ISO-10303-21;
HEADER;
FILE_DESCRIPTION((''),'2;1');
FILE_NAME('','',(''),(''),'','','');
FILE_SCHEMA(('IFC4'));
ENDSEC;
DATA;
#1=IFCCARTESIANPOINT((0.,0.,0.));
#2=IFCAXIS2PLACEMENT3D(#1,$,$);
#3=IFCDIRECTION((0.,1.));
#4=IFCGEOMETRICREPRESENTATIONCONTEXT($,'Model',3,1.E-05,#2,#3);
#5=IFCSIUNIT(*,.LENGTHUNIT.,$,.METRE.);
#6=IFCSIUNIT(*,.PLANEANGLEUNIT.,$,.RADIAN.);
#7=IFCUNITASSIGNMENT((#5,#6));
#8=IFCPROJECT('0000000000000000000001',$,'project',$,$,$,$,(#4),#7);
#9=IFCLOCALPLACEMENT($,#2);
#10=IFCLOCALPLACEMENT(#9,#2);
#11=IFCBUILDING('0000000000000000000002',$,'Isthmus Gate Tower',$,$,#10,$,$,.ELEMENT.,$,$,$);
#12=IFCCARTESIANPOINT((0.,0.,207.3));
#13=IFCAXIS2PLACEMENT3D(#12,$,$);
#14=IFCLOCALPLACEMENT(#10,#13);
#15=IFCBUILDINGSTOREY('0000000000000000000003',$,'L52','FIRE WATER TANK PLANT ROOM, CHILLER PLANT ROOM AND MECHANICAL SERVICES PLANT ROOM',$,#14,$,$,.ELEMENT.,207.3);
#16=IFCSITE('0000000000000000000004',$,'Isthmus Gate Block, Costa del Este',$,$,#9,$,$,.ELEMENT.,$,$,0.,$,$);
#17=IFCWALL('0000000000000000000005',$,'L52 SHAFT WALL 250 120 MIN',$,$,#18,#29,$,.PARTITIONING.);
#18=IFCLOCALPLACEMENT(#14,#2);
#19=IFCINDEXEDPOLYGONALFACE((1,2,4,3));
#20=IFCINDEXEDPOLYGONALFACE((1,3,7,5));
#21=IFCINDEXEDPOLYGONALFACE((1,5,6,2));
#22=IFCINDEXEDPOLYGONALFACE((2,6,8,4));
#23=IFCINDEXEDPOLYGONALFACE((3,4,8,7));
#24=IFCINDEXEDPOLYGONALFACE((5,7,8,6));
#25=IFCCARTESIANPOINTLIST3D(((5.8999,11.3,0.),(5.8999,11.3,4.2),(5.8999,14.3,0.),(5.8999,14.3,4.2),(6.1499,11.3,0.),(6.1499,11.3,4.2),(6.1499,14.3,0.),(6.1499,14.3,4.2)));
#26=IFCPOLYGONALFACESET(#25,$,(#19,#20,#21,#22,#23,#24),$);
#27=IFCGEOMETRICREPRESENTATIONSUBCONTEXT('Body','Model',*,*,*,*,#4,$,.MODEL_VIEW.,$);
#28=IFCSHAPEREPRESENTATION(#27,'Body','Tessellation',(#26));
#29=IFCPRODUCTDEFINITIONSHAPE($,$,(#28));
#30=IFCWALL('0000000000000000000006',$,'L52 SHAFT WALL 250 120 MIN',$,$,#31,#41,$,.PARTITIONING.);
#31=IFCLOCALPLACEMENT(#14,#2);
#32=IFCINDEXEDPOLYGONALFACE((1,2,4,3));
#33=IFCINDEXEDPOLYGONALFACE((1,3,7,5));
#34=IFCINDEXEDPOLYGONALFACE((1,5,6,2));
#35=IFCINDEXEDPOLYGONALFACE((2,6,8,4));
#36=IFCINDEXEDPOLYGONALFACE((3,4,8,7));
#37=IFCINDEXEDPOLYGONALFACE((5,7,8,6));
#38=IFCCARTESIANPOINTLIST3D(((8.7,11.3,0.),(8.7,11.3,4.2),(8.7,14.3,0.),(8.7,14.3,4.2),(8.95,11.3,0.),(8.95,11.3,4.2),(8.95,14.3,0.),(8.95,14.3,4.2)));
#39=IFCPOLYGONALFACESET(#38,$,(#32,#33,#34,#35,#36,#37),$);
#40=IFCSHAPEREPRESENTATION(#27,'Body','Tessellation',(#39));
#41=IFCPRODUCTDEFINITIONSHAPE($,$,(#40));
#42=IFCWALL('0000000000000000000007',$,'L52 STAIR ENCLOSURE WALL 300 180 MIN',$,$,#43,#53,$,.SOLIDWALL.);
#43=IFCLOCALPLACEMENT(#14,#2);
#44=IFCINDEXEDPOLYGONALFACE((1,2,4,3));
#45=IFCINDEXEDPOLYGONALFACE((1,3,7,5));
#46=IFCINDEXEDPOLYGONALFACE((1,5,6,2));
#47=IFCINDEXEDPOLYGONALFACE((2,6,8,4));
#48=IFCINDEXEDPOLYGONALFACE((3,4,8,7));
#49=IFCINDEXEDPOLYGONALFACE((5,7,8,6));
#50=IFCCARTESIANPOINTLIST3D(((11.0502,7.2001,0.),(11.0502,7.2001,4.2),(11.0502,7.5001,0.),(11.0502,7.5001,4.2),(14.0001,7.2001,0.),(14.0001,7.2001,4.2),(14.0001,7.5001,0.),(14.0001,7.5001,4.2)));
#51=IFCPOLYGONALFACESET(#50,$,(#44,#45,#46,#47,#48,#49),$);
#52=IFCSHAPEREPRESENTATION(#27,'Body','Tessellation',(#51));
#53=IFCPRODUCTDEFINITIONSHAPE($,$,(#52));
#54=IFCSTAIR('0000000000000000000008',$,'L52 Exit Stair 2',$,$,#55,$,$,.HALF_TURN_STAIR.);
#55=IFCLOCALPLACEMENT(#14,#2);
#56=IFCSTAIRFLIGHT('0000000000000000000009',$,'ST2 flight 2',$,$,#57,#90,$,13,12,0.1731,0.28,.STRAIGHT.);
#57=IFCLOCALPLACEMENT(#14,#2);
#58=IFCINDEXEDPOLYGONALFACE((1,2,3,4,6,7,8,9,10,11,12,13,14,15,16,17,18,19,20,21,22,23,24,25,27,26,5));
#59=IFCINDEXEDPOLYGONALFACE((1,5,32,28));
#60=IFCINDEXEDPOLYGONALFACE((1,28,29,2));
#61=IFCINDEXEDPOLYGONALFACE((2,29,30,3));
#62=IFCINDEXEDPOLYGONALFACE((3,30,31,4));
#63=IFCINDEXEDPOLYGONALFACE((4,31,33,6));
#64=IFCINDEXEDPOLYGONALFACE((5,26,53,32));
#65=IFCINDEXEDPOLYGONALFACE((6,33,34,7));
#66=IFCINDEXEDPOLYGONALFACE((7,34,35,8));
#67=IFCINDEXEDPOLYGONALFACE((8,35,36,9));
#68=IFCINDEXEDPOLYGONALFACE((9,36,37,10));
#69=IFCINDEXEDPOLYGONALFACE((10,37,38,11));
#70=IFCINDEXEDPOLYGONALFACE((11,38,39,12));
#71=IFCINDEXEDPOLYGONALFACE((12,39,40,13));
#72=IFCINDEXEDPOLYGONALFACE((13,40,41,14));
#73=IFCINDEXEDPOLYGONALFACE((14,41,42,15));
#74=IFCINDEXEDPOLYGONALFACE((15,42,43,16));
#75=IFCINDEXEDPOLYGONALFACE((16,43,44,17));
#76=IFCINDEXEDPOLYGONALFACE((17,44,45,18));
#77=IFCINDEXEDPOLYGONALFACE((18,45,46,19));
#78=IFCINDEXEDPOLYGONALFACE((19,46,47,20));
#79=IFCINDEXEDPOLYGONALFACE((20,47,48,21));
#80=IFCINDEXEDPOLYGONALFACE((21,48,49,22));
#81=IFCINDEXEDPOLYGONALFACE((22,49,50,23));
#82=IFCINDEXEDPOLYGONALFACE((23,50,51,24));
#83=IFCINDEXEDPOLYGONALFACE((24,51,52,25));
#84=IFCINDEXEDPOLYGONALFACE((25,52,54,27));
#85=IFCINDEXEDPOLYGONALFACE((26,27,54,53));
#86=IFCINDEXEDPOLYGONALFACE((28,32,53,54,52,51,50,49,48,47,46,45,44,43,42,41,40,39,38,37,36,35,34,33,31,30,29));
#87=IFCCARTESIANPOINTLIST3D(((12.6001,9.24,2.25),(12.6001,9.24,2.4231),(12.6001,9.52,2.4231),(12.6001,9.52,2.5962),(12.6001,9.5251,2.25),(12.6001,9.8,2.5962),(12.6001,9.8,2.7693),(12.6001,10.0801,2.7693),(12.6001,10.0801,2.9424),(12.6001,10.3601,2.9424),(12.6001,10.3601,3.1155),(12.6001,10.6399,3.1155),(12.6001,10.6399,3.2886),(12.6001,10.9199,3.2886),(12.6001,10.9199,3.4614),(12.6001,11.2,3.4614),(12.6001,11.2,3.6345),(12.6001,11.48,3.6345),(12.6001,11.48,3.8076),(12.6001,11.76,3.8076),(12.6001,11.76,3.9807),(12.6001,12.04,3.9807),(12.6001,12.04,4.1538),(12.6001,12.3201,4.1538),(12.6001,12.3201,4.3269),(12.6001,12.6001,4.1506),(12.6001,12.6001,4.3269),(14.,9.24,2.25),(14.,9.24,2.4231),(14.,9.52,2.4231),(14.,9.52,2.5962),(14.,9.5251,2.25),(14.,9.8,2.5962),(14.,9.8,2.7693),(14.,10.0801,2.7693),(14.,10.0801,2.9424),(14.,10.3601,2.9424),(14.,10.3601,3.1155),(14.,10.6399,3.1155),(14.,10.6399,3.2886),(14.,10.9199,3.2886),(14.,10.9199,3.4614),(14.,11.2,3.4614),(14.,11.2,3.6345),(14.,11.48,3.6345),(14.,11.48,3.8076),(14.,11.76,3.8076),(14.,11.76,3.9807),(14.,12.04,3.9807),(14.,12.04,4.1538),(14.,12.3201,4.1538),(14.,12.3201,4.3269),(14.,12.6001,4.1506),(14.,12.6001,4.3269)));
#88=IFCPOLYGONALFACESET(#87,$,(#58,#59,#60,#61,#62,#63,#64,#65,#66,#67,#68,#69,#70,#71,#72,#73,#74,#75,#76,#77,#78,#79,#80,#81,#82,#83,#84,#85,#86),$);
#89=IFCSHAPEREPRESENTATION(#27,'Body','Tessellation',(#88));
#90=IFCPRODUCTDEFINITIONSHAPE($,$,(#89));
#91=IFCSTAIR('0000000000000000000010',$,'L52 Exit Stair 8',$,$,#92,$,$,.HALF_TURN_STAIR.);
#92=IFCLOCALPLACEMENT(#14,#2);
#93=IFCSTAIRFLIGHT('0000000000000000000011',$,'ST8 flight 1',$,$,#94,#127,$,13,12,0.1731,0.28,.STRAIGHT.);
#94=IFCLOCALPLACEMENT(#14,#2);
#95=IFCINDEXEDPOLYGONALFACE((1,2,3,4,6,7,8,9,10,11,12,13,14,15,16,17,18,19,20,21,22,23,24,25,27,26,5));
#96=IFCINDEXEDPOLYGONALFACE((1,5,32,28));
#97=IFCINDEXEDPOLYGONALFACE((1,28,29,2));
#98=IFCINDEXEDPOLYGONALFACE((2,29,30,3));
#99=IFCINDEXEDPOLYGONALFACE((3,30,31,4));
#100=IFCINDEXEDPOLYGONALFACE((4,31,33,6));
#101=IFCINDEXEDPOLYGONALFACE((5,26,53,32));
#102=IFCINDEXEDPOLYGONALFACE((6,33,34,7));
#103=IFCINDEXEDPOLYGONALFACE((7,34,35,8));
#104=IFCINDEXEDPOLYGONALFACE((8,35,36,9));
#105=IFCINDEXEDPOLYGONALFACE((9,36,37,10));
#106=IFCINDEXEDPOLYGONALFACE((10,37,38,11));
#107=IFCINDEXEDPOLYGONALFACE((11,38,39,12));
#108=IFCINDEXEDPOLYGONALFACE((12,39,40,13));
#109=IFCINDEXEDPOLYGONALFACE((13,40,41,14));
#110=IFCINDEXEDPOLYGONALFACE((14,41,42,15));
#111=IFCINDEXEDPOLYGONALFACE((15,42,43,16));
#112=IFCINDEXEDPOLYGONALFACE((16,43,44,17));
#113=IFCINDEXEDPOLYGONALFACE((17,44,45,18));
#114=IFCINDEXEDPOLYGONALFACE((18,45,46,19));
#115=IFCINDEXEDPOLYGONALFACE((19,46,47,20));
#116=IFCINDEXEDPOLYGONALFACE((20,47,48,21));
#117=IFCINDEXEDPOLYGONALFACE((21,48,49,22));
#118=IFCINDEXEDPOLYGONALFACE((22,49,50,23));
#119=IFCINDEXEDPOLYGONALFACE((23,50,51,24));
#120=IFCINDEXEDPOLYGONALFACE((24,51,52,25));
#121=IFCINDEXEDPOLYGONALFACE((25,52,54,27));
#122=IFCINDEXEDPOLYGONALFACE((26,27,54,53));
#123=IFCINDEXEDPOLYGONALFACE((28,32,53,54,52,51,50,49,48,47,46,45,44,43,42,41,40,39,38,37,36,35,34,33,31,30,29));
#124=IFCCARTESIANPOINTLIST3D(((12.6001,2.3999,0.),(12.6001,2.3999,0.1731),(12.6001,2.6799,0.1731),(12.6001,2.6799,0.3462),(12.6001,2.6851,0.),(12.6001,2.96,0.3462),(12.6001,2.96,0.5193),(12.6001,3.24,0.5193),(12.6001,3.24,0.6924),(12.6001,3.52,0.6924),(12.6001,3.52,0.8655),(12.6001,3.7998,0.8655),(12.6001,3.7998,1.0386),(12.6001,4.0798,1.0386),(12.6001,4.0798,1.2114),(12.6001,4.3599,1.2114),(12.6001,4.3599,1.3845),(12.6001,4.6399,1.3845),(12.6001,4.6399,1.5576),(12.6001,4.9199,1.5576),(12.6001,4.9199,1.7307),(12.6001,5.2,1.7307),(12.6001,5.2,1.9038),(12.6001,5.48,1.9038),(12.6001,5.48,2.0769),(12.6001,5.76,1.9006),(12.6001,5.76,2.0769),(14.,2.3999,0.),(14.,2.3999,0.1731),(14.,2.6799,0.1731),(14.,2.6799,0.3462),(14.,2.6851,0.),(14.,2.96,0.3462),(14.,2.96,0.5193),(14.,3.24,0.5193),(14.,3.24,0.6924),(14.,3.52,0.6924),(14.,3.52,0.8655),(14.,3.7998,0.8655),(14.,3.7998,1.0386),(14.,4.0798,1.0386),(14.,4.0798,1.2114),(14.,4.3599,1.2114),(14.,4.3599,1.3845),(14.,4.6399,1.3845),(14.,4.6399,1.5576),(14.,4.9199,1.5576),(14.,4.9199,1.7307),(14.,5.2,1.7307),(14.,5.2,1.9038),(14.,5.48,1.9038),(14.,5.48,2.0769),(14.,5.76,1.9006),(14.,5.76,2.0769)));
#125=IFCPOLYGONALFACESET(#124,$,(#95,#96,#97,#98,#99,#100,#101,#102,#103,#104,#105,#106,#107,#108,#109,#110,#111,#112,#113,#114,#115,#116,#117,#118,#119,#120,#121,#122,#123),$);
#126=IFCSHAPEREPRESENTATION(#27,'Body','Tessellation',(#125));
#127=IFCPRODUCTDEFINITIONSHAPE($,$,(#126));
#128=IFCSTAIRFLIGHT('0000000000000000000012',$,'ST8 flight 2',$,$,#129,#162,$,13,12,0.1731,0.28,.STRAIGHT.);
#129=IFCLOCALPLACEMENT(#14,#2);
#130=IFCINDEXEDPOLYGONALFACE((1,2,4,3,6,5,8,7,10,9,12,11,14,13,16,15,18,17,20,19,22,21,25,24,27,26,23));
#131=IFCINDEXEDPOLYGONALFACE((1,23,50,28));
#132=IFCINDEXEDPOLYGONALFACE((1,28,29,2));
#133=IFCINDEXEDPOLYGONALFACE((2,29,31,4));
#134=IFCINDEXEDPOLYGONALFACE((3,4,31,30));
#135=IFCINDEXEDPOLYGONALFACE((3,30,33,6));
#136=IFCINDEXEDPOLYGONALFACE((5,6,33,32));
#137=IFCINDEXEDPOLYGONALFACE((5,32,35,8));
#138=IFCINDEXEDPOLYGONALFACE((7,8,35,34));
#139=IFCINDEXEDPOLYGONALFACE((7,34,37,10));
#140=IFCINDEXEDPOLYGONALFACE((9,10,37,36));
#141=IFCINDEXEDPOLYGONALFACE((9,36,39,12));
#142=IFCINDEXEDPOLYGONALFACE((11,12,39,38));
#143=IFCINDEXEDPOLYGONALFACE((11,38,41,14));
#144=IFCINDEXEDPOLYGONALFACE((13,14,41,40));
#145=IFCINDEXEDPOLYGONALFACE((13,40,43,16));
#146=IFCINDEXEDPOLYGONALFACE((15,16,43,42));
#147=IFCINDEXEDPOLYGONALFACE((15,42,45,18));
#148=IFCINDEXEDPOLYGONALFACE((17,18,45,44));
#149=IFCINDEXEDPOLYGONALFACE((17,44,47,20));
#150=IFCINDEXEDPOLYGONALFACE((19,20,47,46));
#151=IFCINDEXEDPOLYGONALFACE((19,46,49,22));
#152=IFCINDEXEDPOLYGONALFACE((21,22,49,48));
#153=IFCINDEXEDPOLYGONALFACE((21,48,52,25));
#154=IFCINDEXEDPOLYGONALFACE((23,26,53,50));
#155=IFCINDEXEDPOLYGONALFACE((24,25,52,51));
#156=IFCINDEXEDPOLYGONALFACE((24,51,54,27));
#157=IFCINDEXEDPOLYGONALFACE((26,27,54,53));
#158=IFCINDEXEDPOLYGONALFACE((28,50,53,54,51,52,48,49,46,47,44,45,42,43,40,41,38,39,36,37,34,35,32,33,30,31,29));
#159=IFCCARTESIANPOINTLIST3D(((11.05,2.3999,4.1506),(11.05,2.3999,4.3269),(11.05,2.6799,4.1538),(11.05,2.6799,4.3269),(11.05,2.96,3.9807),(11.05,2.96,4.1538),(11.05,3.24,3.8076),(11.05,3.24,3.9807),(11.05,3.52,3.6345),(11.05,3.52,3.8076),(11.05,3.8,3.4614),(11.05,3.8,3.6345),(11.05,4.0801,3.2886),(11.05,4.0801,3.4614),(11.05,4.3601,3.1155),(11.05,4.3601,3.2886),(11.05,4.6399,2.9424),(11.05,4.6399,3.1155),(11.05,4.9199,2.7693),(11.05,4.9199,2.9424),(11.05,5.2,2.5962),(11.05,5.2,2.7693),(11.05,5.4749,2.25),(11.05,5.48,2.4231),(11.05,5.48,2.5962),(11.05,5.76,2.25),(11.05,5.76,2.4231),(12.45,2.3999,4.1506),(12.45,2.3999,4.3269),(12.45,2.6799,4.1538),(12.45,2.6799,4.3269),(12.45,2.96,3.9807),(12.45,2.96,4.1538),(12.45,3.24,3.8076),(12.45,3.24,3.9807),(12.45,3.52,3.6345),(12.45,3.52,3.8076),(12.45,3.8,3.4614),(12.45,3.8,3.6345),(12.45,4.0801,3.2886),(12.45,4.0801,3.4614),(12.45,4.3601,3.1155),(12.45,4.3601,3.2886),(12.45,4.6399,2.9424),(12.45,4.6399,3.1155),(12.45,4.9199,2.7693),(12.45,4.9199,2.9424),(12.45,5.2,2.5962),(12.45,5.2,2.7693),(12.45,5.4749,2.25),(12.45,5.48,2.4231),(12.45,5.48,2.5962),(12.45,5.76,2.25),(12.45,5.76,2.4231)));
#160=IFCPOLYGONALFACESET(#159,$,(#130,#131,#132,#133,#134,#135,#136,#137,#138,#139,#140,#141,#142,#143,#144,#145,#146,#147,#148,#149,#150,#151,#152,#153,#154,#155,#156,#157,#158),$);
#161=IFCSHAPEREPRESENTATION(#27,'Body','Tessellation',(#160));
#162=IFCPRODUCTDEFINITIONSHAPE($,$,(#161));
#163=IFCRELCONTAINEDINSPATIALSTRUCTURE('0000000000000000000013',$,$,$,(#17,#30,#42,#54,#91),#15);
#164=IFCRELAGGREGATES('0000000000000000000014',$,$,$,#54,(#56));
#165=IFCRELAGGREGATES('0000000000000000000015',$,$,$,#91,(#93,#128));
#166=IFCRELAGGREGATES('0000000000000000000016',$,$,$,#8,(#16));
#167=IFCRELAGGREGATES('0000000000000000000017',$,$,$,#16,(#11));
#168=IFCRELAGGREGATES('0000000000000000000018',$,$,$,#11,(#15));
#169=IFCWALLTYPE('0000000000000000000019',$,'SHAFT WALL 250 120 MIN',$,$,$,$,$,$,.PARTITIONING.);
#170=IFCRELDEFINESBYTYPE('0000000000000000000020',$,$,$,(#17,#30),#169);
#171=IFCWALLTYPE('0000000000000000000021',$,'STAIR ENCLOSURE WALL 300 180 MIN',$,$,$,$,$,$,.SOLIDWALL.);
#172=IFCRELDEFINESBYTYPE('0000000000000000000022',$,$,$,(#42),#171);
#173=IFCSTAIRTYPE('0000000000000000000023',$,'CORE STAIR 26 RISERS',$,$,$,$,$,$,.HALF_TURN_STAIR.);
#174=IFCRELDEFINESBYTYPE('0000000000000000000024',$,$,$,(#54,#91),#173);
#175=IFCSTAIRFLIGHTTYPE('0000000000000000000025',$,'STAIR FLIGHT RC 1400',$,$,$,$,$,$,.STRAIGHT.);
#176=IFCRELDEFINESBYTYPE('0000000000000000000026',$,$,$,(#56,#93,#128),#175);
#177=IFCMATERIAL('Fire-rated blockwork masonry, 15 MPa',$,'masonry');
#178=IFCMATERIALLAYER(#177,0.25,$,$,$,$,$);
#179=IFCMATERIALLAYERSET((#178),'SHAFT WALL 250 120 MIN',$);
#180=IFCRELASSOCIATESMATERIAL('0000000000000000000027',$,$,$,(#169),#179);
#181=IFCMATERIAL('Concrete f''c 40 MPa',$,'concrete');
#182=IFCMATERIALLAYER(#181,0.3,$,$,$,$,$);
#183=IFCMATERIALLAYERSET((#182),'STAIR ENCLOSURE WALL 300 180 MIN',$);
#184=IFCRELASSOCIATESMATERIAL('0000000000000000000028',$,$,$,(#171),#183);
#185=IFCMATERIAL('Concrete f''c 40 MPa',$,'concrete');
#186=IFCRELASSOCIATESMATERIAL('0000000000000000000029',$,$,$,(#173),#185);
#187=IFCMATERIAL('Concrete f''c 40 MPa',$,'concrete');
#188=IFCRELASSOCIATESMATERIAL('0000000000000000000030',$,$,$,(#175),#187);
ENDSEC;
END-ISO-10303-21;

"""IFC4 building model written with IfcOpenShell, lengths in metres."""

from ifc_helpers import new_model, si_unit, direction, frame, frame_2d, origin, place, context, subcontext, project, spatial, polyline, rectangle, outline, extrude, material, layer, layer_set, type_object, element, aggregate, save


model = new_model("IFC4")

# Units and contexts
model_context = context("Model", 3, precision=1e-05, world=origin(), true_north=direction((0.0, 1.0)))
body_context = subcontext(model_context, "Body", "Model", "MODEL_VIEW")
ifc_project = project(units=[si_unit("LENGTHUNIT", "METRE"), si_unit("PLANEANGLEUNIT", "RADIAN")], contexts=[model_context])

# Site, building, storey
site_placement = place(None, origin())
site = spatial("IfcSite", under=ifc_project, at=site_placement, Name="Isthmus Gate Block, Costa del Este", CompositionType="ELEMENT", RefElevation=0.0)
building_placement = place(site_placement, origin())
building = spatial("IfcBuilding", under=site, at=building_placement, Name="Isthmus Gate Tower", CompositionType="ELEMENT")
storey_placement = place(building_placement, frame((0.0, 0.0, 207.3)))
storey = spatial("IfcBuildingStorey", under=building, at=storey_placement, Name="L52", Description="FIRE WATER TANK PLANT ROOM, CHILLER PLANT ROOM AND MECHANICAL SERVICES PLANT ROOM", CompositionType="ELEMENT", Elevation=207.3)

# Walls
ifc_material_1 = material(Name="Fire-rated blockwork masonry, 15 MPa", Category="masonry")
ifc_layer_1 = layer(ifc_material_1, 0.25)
ifc_layer_set_1 = layer_set([ifc_layer_1], Name="SHAFT WALL 250 120 MIN")
wall_type_1 = type_object("IfcWallType", Name="SHAFT WALL 250 120 MIN", PredefinedType="PARTITIONING", material=ifc_layer_set_1)
for number, where, z_axis, x_axis, name in (
    (1, (6.0249, 11.3, 0.0), (0.0, 0.0, 1.0), (0.0, 1.0, 0.0), "L52 SHAFT WALL 250 120 MIN"),
    (2, (8.825, 11.3, 0.0), (0.0, 0.0, 1.0), (0.0, 1.0, 0.0), "L52 SHAFT WALL 250 120 MIN"),
):
    element("IfcWall", number, at=place(storey_placement, frame(where, z_axis=z_axis, x_axis=x_axis)), inside=storey, type_object=wall_type_1, Name=name, PredefinedType="PARTITIONING", context=body_context, shape_type="SweptSolid", body=[
        extrude(rectangle(XDim=3.0, YDim=0.25, at=frame_2d((1.5, 0.0))), origin(), (0.0, 0.0, 1.0), 4.2),
    ])
ifc_material_2 = material(Name="Concrete f'c 40 MPa", Category="concrete")
ifc_layer_2 = layer(ifc_material_2, 0.3)
ifc_layer_set_2 = layer_set([ifc_layer_2], Name="STAIR ENCLOSURE WALL 300 180 MIN")
wall_type_2 = type_object("IfcWallType", Name="STAIR ENCLOSURE WALL 300 180 MIN", PredefinedType="SOLIDWALL", material=ifc_layer_set_2)
wall_1_placement = place(storey_placement, frame((11.05, 7.3501, 0.0), z_axis=(0.0, 0.0, 1.0), x_axis=(1.0, 0.0, 0.0)))
element("IfcWall", 3, at=wall_1_placement, inside=storey, type_object=wall_type_2, Name="L52 STAIR ENCLOSURE WALL 300 180 MIN", PredefinedType="SOLIDWALL", context=body_context, shape_type="SweptSolid", body=[
    extrude(rectangle(XDim=2.95, YDim=0.3, at=frame_2d((1.4751, 0.0))), origin(), (0.0, 0.0, 1.0), 4.2),
])

# Stair, stair flight
ifc_material_3 = material(Name="Concrete f'c 40 MPa", Category="concrete")
stair_type = type_object("IfcStairType", Name="CORE STAIR 26 RISERS", PredefinedType="HALF_TURN_STAIR", material=ifc_material_3)
stair_1_placement = place(storey_placement, origin())
stair_1 = element("IfcStair", 4, at=stair_1_placement, inside=storey, type_object=stair_type, Name="L52 Exit Stair 2", PredefinedType="HALF_TURN_STAIR")
ifc_material_4 = material(Name="Concrete f'c 40 MPa", Category="concrete")
stair_flight_type = type_object("IfcStairFlightType", Name="STAIR FLIGHT RC 1400", PredefinedType="STRAIGHT", material=ifc_material_4)
stair_flight_1_placement = place(storey_placement, frame((13.3, 9.24, 2.25), z_axis=(0.0, 0.0, 1.0), x_axis=(0.0, 1.0, 0.0)))
stair_flight_1 = element("IfcStairFlight", 5, at=stair_flight_1_placement, type_object=stair_flight_type, Name="ST2 flight 2", NumberOfRisers=13, NumberOfTreads=12, PredefinedType="STRAIGHT", RiserHeight=0.1731, TreadLength=0.28, context=body_context, shape_type="SweptSolid", body=[
    extrude(outline(polyline([(0.0, 0.0), (0.0, 0.1731), (0.28, 0.1731), (0.28, 0.3462), (0.5601, 0.3462), (0.5601, 0.5193), (0.8401, 0.5193), (0.8401, 0.6924), (1.1201, 0.6924), (1.1201, 0.8655), (1.3999, 0.8655), (1.3999, 1.0386), (1.6799, 1.0386), (1.6799, 1.2114), (1.96, 1.2114), (1.96, 1.3845), (2.24, 1.3845), (2.24, 1.5576), (2.52, 1.5576), (2.52, 1.7307), (2.8, 1.7307), (2.8, 1.9038), (3.0801, 1.9038), (3.0801, 2.0769), (3.3601, 2.0769), (3.3601, 2.25), (3.3601, 1.9006), (0.2852, 0.0), (0.0, 0.0)])), frame((0.0, 0.7, 0.0), z_axis=(0.0, -1.0, 0.0), x_axis=(1.0, 0.0, 0.0)), (0.0, 0.0, 1.0), 1.3999),
])
aggregate(stair_1, [stair_flight_1])

# Stair, stair flights
stair_2_placement = place(storey_placement, origin())
stair_2 = element("IfcStair", 6, at=stair_2_placement, inside=storey, type_object=stair_type, Name="L52 Exit Stair 8", PredefinedType="HALF_TURN_STAIR")
stair_flight_2_placement = place(storey_placement, frame((13.3, 2.3999, 0.0), z_axis=(0.0, 0.0, 1.0), x_axis=(0.0, 1.0, 0.0)))
stair_flight_2 = element("IfcStairFlight", 7, at=stair_flight_2_placement, type_object=stair_flight_type, Name="ST8 flight 1", NumberOfRisers=13, NumberOfTreads=12, PredefinedType="STRAIGHT", RiserHeight=0.1731, TreadLength=0.28, context=body_context, shape_type="SweptSolid", body=[
    extrude(outline(polyline([(0.0, 0.0), (0.0, 0.1731), (0.28, 0.1731), (0.28, 0.3462), (0.5601, 0.3462), (0.5601, 0.5193), (0.8401, 0.5193), (0.8401, 0.6924), (1.1201, 0.6924), (1.1201, 0.8655), (1.3999, 0.8655), (1.3999, 1.0386), (1.6799, 1.0386), (1.6799, 1.2114), (1.96, 1.2114), (1.96, 1.3845), (2.24, 1.3845), (2.24, 1.5576), (2.52, 1.5576), (2.52, 1.7307), (2.8, 1.7307), (2.8, 1.9038), (3.0801, 1.9038), (3.0801, 2.0769), (3.3601, 2.0769), (3.3601, 2.25), (3.3601, 1.9006), (0.2852, 0.0), (0.0, 0.0)])), frame((0.0, 0.7, 0.0), z_axis=(0.0, -1.0, 0.0), x_axis=(1.0, 0.0, 0.0)), (0.0, 0.0, 1.0), 1.3999),
])
stair_flight_3_placement = place(storey_placement, frame((11.75, 5.76, 2.25), z_axis=(0.0, 0.0, 1.0), x_axis=(0.0, -1.0, 0.0)))
stair_flight_3 = element("IfcStairFlight", 8, at=stair_flight_3_placement, type_object=stair_flight_type, Name="ST8 flight 2", NumberOfRisers=13, NumberOfTreads=12, PredefinedType="STRAIGHT", RiserHeight=0.1731, TreadLength=0.28, context=body_context, shape_type="SweptSolid", body=[
    extrude(outline(polyline([(0.0, 0.0), (0.0, 0.1731), (0.28, 0.1731), (0.28, 0.3462), (0.5601, 0.3462), (0.5601, 0.5193), (0.8401, 0.5193), (0.8401, 0.6924), (1.1201, 0.6924), (1.1201, 0.8655), (1.3999, 0.8655), (1.3999, 1.0386), (1.6799, 1.0386), (1.6799, 1.2114), (1.96, 1.2114), (1.96, 1.3845), (2.24, 1.3845), (2.24, 1.5576), (2.52, 1.5576), (2.52, 1.7307), (2.8, 1.7307), (2.8, 1.9038), (3.0801, 1.9038), (3.0801, 2.0769), (3.3601, 2.0769), (3.3601, 2.25), (3.3601, 1.9006), (0.2852, 0.0), (0.0, 0.0)])), frame((0.0, 0.7, 0.0), z_axis=(0.0, -1.0, 0.0), x_axis=(1.0, 0.0, 0.0)), (0.0, 0.0, 1.0), 1.3999),
])
aggregate(stair_2, [stair_flight_2, stair_flight_3])

save(model, "model.ifc")
